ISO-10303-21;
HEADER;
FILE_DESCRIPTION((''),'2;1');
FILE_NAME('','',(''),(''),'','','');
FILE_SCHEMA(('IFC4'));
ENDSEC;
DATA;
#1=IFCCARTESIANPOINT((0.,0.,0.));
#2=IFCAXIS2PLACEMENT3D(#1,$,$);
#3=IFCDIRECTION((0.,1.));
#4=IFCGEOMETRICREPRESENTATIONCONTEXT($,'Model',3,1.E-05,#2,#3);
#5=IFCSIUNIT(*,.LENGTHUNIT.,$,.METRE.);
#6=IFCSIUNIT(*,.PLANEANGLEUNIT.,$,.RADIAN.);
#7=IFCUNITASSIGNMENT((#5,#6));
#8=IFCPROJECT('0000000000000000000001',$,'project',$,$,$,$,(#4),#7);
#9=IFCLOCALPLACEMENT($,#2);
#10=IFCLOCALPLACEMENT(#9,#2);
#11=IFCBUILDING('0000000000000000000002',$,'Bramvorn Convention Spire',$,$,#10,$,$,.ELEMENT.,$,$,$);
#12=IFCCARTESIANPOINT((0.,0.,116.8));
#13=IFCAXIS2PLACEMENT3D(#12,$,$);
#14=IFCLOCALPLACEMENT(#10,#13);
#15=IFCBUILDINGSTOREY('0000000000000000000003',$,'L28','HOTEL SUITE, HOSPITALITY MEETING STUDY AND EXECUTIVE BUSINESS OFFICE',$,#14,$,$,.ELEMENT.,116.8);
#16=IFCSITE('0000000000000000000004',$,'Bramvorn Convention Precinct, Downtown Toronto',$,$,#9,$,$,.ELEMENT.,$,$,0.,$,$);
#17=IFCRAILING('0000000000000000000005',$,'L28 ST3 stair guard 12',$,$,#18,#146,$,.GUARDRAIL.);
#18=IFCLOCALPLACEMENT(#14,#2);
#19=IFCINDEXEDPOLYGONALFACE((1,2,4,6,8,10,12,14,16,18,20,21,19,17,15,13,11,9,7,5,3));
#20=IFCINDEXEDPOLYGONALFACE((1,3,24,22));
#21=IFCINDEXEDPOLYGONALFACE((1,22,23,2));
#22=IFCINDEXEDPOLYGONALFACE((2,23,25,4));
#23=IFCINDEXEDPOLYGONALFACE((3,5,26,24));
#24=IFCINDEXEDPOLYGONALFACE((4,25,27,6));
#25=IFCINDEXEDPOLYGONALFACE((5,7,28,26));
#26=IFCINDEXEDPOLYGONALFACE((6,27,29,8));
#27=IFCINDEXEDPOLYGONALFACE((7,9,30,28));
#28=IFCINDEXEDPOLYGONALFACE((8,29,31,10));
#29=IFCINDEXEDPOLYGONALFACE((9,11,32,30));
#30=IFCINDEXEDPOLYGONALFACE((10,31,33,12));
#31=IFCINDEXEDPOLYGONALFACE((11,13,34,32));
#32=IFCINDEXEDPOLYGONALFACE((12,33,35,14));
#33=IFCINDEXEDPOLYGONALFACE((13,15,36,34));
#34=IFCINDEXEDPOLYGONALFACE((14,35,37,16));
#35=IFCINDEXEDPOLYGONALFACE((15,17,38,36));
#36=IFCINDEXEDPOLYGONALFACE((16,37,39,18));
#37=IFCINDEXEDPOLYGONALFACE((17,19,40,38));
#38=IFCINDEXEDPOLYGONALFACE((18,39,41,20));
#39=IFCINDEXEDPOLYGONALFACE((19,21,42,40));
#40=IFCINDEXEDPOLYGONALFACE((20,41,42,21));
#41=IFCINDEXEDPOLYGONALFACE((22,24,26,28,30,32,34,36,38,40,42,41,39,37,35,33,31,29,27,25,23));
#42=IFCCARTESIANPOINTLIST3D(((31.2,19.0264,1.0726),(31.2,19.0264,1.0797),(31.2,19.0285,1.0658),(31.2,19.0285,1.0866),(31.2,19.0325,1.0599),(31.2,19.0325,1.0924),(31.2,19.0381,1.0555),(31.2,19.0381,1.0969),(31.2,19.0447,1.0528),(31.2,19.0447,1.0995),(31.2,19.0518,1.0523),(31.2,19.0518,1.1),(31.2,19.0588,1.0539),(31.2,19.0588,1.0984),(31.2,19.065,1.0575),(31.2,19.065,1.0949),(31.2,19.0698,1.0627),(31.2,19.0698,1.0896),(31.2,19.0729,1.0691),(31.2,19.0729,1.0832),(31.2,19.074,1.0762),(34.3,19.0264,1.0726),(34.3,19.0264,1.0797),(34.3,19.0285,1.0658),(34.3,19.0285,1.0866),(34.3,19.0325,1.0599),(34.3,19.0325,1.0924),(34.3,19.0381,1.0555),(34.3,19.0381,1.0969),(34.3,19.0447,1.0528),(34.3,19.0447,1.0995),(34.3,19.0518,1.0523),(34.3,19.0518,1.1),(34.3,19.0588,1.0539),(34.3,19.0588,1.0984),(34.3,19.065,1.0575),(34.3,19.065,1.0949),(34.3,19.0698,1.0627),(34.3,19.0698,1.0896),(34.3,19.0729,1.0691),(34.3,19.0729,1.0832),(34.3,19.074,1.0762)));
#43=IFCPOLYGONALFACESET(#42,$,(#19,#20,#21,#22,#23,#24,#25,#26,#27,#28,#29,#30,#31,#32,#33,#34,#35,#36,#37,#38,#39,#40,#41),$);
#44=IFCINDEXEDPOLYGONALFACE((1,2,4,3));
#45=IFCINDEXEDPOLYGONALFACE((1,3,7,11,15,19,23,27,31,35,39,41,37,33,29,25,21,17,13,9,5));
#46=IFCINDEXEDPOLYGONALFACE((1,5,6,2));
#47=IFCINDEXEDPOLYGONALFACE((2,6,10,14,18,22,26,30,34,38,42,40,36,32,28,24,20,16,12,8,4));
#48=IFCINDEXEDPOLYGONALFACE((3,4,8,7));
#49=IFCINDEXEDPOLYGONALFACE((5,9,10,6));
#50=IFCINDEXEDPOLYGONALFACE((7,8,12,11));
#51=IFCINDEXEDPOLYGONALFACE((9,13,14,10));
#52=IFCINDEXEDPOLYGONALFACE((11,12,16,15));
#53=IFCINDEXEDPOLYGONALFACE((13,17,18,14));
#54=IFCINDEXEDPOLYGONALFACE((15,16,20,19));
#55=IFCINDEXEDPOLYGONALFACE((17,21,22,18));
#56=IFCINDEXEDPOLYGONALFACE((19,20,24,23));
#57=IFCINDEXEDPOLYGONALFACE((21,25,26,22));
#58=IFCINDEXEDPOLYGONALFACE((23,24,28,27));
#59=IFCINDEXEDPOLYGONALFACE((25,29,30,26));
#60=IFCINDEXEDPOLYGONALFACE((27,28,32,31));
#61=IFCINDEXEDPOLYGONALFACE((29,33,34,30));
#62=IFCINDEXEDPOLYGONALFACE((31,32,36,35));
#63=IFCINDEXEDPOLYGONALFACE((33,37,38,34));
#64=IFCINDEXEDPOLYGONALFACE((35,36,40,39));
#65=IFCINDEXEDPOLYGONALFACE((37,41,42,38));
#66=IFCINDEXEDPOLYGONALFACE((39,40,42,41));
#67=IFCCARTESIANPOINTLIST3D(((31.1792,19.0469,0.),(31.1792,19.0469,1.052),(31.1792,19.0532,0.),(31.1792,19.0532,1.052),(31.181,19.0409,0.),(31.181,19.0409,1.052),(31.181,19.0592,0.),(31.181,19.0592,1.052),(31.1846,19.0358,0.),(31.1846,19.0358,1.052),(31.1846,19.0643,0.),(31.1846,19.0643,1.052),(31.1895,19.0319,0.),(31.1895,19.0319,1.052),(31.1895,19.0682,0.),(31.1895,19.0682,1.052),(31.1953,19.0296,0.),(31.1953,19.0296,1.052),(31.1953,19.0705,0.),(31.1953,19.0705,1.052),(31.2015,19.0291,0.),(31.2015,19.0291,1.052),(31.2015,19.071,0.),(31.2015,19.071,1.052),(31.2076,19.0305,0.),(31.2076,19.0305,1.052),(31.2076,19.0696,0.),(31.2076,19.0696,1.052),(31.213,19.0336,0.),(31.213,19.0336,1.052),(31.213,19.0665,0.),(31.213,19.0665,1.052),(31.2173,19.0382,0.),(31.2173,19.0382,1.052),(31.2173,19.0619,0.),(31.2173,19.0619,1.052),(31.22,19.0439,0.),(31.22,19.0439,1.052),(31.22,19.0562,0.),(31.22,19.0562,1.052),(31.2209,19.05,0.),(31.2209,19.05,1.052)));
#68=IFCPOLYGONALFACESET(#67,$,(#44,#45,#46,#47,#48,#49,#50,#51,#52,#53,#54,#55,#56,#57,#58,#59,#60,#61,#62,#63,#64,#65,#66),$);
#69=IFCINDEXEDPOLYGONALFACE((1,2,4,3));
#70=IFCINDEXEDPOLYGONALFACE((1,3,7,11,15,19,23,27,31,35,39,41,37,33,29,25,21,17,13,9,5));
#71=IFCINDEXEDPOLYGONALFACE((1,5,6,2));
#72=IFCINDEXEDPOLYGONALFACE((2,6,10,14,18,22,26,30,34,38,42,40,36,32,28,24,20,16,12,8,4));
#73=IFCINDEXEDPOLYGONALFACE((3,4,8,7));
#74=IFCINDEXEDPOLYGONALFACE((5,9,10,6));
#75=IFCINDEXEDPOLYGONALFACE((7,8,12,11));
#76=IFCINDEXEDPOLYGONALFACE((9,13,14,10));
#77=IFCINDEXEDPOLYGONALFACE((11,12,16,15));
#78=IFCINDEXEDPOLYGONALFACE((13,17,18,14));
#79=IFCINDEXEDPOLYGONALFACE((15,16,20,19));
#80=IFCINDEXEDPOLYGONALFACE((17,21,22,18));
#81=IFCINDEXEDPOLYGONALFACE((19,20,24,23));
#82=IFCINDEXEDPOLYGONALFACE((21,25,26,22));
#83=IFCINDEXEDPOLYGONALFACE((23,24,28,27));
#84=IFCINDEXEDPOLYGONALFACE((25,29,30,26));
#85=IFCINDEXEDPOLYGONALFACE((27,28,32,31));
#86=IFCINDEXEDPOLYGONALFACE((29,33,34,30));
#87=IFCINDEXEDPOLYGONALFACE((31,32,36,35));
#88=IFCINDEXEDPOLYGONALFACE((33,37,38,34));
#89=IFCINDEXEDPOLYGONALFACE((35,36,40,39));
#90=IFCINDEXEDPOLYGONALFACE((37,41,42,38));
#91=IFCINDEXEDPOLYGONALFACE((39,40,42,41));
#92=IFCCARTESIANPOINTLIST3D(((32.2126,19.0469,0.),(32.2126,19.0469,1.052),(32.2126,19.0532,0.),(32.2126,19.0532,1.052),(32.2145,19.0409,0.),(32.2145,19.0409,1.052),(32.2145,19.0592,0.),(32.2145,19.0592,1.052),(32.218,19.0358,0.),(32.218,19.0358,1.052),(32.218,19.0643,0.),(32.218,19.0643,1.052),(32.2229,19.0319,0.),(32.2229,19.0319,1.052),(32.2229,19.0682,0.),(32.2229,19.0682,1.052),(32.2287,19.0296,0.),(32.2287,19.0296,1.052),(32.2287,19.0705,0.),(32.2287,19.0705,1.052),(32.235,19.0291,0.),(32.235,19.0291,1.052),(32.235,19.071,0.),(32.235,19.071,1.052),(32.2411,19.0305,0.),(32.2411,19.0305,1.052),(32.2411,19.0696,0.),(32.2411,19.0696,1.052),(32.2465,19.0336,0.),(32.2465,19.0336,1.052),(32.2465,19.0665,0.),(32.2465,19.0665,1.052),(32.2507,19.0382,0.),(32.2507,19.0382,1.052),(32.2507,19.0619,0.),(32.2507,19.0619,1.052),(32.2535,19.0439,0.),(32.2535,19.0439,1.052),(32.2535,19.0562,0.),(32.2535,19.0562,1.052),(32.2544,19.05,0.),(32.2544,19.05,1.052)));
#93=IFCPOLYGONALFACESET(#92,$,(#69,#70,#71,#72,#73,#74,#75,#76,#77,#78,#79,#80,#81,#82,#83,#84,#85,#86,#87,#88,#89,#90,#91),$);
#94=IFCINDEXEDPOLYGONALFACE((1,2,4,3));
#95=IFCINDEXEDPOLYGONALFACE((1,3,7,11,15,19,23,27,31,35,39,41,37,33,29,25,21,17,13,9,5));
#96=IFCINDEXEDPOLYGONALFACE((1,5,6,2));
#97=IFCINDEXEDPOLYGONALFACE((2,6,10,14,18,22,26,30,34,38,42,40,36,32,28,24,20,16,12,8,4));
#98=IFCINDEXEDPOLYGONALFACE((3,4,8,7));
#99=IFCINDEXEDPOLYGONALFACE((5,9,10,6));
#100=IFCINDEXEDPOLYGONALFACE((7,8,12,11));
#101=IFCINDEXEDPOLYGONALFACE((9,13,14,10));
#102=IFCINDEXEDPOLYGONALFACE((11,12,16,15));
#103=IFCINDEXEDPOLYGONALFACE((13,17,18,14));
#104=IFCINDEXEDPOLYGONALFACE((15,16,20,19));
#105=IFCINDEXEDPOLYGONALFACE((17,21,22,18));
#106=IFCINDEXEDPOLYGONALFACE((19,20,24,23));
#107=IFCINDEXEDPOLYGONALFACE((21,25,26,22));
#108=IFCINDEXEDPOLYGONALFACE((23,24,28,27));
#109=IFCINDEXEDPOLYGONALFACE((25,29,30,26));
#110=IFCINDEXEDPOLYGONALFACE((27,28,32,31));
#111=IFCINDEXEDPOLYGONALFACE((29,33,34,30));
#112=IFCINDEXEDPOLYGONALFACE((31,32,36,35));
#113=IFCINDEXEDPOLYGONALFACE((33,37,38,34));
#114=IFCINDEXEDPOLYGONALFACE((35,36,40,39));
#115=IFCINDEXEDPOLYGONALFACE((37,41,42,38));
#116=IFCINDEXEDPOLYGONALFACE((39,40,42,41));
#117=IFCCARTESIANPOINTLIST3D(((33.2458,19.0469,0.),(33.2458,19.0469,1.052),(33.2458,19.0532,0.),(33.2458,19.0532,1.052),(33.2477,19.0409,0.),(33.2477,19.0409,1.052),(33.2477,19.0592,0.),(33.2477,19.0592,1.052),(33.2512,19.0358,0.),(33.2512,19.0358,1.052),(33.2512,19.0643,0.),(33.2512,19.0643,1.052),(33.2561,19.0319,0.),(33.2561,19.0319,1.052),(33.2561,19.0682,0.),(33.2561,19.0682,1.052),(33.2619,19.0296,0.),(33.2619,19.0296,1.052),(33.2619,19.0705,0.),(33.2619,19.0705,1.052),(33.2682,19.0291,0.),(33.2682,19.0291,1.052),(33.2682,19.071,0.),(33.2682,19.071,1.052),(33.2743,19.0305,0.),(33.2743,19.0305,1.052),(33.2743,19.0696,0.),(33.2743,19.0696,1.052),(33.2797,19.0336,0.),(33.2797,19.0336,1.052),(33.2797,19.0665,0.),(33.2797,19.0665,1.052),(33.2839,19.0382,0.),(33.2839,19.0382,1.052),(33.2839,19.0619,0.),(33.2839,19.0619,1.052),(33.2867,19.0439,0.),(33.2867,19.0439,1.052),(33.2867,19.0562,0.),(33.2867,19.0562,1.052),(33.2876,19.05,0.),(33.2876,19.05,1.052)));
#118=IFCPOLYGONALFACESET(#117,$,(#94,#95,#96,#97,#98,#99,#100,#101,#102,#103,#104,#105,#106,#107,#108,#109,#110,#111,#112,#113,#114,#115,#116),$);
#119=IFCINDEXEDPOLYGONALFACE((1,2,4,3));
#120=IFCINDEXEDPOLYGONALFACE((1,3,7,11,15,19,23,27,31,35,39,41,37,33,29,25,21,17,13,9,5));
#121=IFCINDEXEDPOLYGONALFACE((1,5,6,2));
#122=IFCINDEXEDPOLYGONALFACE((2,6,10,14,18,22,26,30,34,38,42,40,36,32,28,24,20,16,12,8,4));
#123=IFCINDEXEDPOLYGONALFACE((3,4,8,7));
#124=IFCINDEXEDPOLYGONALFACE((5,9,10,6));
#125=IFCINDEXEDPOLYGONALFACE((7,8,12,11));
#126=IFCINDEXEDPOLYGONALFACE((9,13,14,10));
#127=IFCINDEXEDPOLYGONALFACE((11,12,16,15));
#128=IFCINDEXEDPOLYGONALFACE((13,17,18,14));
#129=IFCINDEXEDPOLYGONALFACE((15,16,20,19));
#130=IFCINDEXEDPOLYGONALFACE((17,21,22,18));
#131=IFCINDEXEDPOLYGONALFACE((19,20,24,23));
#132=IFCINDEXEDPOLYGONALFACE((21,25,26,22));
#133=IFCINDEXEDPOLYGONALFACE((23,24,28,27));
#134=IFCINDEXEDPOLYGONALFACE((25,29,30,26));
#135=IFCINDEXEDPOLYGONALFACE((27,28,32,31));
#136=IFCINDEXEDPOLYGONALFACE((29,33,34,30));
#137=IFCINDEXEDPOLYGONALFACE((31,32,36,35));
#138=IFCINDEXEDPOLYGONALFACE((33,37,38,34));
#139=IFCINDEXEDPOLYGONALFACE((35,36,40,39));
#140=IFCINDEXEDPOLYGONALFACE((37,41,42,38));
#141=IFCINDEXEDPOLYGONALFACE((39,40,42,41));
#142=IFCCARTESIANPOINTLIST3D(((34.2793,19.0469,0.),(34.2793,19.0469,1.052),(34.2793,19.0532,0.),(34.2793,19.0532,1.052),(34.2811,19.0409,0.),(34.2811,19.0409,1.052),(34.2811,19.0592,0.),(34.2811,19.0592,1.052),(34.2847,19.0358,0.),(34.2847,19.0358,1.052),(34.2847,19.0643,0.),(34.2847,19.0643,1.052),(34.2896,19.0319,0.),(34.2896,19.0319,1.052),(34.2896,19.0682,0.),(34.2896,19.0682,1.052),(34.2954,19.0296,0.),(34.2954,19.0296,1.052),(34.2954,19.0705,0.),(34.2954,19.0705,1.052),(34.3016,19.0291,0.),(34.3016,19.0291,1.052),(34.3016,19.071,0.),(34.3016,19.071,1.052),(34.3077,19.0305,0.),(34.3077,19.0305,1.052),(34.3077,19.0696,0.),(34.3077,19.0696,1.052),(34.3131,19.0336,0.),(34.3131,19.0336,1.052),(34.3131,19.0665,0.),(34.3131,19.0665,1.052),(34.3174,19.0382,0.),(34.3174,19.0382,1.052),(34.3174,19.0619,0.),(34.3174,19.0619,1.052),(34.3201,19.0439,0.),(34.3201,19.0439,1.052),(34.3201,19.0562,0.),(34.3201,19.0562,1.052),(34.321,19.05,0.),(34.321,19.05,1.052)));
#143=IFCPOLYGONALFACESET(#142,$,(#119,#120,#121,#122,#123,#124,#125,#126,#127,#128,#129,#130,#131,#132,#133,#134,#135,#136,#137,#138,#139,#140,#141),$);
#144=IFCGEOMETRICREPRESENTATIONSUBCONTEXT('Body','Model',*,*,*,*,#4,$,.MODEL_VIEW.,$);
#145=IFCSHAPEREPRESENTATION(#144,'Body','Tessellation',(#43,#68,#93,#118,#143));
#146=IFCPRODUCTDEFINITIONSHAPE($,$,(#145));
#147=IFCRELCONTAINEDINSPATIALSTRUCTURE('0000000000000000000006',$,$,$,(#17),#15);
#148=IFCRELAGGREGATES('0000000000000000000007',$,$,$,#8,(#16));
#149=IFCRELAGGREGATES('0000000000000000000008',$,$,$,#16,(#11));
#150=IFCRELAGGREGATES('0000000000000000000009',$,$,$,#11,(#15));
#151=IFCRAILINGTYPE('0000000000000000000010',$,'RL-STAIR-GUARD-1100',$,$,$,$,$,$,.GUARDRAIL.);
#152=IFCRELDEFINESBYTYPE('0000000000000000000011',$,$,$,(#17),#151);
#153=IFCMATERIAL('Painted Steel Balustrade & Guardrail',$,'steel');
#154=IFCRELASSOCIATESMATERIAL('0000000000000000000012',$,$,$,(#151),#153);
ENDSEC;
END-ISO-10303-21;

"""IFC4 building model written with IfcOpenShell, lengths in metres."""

from ifc_helpers import new_model, si_unit, direction, frame, origin, origin_2d, place, context, subcontext, project, spatial, circle, extrude, material, type_object, element, save


model = new_model("IFC4")

# Units and contexts
model_context = context("Model", 3, precision=1e-05, world=origin(), true_north=direction((0.0, 1.0)))
body_context = subcontext(model_context, "Body", "Model", "MODEL_VIEW")
ifc_project = project(units=[si_unit("LENGTHUNIT", "METRE"), si_unit("PLANEANGLEUNIT", "RADIAN")], contexts=[model_context])

# Site, building, storey
site_placement = place(None, origin())
site = spatial("IfcSite", under=ifc_project, at=site_placement, Name="Bramvorn Convention Precinct, Downtown Toronto", CompositionType="ELEMENT", RefElevation=0.0)
building_placement = place(site_placement, origin())
building = spatial("IfcBuilding", under=site, at=building_placement, Name="Bramvorn Convention Spire", CompositionType="ELEMENT")
storey_placement = place(building_placement, frame((0.0, 0.0, 116.8)))
storey = spatial("IfcBuildingStorey", under=building, at=storey_placement, Name="L28", Description="HOTEL SUITE, HOSPITALITY MEETING STUDY AND EXECUTIVE BUSINESS OFFICE", CompositionType="ELEMENT", Elevation=116.8)

# Railing
ifc_material_1 = material(Name="Painted Steel Balustrade & Guardrail", Category="steel")
railing_type_1 = type_object("IfcRailingType", Name="RL-STAIR-GUARD-1100", PredefinedType="GUARDRAIL", material=ifc_material_1)
railing_1_placement = place(storey_placement, frame((31.2, 19.05, 0.0)))
element("IfcRailing", 1, at=railing_1_placement, inside=storey, type_object=railing_type_1, Name="L28 ST3 stair guard 12", PredefinedType="GUARDRAIL", context=body_context, shape_type="SweptSolid", body=[
    extrude(circle(Radius=0.0239, at=origin_2d()), frame((0.0, 0.0, 1.0762), z_axis=(1.0, 0.0, 0.0), x_axis=(0.0, 1.0, 0.0)), (0.0, 0.0, 1.0), 3.1001),
    extrude(circle(Radius=0.021, at=origin_2d()), origin(), (0.0, 0.0, 1.0), 1.052),
    extrude(circle(Radius=0.021, at=origin_2d()), frame((1.0334, 0.0, 0.0)), (0.0, 0.0, 1.0), 1.052),
    extrude(circle(Radius=0.021, at=origin_2d()), frame((2.0667, 0.0, 0.0)), (0.0, 0.0, 1.0), 1.052),
    extrude(circle(Radius=0.021, at=origin_2d()), frame((3.1001, 0.0, 0.0)), (0.0, 0.0, 1.0), 1.052),
])

save(model, "model.ifc")
